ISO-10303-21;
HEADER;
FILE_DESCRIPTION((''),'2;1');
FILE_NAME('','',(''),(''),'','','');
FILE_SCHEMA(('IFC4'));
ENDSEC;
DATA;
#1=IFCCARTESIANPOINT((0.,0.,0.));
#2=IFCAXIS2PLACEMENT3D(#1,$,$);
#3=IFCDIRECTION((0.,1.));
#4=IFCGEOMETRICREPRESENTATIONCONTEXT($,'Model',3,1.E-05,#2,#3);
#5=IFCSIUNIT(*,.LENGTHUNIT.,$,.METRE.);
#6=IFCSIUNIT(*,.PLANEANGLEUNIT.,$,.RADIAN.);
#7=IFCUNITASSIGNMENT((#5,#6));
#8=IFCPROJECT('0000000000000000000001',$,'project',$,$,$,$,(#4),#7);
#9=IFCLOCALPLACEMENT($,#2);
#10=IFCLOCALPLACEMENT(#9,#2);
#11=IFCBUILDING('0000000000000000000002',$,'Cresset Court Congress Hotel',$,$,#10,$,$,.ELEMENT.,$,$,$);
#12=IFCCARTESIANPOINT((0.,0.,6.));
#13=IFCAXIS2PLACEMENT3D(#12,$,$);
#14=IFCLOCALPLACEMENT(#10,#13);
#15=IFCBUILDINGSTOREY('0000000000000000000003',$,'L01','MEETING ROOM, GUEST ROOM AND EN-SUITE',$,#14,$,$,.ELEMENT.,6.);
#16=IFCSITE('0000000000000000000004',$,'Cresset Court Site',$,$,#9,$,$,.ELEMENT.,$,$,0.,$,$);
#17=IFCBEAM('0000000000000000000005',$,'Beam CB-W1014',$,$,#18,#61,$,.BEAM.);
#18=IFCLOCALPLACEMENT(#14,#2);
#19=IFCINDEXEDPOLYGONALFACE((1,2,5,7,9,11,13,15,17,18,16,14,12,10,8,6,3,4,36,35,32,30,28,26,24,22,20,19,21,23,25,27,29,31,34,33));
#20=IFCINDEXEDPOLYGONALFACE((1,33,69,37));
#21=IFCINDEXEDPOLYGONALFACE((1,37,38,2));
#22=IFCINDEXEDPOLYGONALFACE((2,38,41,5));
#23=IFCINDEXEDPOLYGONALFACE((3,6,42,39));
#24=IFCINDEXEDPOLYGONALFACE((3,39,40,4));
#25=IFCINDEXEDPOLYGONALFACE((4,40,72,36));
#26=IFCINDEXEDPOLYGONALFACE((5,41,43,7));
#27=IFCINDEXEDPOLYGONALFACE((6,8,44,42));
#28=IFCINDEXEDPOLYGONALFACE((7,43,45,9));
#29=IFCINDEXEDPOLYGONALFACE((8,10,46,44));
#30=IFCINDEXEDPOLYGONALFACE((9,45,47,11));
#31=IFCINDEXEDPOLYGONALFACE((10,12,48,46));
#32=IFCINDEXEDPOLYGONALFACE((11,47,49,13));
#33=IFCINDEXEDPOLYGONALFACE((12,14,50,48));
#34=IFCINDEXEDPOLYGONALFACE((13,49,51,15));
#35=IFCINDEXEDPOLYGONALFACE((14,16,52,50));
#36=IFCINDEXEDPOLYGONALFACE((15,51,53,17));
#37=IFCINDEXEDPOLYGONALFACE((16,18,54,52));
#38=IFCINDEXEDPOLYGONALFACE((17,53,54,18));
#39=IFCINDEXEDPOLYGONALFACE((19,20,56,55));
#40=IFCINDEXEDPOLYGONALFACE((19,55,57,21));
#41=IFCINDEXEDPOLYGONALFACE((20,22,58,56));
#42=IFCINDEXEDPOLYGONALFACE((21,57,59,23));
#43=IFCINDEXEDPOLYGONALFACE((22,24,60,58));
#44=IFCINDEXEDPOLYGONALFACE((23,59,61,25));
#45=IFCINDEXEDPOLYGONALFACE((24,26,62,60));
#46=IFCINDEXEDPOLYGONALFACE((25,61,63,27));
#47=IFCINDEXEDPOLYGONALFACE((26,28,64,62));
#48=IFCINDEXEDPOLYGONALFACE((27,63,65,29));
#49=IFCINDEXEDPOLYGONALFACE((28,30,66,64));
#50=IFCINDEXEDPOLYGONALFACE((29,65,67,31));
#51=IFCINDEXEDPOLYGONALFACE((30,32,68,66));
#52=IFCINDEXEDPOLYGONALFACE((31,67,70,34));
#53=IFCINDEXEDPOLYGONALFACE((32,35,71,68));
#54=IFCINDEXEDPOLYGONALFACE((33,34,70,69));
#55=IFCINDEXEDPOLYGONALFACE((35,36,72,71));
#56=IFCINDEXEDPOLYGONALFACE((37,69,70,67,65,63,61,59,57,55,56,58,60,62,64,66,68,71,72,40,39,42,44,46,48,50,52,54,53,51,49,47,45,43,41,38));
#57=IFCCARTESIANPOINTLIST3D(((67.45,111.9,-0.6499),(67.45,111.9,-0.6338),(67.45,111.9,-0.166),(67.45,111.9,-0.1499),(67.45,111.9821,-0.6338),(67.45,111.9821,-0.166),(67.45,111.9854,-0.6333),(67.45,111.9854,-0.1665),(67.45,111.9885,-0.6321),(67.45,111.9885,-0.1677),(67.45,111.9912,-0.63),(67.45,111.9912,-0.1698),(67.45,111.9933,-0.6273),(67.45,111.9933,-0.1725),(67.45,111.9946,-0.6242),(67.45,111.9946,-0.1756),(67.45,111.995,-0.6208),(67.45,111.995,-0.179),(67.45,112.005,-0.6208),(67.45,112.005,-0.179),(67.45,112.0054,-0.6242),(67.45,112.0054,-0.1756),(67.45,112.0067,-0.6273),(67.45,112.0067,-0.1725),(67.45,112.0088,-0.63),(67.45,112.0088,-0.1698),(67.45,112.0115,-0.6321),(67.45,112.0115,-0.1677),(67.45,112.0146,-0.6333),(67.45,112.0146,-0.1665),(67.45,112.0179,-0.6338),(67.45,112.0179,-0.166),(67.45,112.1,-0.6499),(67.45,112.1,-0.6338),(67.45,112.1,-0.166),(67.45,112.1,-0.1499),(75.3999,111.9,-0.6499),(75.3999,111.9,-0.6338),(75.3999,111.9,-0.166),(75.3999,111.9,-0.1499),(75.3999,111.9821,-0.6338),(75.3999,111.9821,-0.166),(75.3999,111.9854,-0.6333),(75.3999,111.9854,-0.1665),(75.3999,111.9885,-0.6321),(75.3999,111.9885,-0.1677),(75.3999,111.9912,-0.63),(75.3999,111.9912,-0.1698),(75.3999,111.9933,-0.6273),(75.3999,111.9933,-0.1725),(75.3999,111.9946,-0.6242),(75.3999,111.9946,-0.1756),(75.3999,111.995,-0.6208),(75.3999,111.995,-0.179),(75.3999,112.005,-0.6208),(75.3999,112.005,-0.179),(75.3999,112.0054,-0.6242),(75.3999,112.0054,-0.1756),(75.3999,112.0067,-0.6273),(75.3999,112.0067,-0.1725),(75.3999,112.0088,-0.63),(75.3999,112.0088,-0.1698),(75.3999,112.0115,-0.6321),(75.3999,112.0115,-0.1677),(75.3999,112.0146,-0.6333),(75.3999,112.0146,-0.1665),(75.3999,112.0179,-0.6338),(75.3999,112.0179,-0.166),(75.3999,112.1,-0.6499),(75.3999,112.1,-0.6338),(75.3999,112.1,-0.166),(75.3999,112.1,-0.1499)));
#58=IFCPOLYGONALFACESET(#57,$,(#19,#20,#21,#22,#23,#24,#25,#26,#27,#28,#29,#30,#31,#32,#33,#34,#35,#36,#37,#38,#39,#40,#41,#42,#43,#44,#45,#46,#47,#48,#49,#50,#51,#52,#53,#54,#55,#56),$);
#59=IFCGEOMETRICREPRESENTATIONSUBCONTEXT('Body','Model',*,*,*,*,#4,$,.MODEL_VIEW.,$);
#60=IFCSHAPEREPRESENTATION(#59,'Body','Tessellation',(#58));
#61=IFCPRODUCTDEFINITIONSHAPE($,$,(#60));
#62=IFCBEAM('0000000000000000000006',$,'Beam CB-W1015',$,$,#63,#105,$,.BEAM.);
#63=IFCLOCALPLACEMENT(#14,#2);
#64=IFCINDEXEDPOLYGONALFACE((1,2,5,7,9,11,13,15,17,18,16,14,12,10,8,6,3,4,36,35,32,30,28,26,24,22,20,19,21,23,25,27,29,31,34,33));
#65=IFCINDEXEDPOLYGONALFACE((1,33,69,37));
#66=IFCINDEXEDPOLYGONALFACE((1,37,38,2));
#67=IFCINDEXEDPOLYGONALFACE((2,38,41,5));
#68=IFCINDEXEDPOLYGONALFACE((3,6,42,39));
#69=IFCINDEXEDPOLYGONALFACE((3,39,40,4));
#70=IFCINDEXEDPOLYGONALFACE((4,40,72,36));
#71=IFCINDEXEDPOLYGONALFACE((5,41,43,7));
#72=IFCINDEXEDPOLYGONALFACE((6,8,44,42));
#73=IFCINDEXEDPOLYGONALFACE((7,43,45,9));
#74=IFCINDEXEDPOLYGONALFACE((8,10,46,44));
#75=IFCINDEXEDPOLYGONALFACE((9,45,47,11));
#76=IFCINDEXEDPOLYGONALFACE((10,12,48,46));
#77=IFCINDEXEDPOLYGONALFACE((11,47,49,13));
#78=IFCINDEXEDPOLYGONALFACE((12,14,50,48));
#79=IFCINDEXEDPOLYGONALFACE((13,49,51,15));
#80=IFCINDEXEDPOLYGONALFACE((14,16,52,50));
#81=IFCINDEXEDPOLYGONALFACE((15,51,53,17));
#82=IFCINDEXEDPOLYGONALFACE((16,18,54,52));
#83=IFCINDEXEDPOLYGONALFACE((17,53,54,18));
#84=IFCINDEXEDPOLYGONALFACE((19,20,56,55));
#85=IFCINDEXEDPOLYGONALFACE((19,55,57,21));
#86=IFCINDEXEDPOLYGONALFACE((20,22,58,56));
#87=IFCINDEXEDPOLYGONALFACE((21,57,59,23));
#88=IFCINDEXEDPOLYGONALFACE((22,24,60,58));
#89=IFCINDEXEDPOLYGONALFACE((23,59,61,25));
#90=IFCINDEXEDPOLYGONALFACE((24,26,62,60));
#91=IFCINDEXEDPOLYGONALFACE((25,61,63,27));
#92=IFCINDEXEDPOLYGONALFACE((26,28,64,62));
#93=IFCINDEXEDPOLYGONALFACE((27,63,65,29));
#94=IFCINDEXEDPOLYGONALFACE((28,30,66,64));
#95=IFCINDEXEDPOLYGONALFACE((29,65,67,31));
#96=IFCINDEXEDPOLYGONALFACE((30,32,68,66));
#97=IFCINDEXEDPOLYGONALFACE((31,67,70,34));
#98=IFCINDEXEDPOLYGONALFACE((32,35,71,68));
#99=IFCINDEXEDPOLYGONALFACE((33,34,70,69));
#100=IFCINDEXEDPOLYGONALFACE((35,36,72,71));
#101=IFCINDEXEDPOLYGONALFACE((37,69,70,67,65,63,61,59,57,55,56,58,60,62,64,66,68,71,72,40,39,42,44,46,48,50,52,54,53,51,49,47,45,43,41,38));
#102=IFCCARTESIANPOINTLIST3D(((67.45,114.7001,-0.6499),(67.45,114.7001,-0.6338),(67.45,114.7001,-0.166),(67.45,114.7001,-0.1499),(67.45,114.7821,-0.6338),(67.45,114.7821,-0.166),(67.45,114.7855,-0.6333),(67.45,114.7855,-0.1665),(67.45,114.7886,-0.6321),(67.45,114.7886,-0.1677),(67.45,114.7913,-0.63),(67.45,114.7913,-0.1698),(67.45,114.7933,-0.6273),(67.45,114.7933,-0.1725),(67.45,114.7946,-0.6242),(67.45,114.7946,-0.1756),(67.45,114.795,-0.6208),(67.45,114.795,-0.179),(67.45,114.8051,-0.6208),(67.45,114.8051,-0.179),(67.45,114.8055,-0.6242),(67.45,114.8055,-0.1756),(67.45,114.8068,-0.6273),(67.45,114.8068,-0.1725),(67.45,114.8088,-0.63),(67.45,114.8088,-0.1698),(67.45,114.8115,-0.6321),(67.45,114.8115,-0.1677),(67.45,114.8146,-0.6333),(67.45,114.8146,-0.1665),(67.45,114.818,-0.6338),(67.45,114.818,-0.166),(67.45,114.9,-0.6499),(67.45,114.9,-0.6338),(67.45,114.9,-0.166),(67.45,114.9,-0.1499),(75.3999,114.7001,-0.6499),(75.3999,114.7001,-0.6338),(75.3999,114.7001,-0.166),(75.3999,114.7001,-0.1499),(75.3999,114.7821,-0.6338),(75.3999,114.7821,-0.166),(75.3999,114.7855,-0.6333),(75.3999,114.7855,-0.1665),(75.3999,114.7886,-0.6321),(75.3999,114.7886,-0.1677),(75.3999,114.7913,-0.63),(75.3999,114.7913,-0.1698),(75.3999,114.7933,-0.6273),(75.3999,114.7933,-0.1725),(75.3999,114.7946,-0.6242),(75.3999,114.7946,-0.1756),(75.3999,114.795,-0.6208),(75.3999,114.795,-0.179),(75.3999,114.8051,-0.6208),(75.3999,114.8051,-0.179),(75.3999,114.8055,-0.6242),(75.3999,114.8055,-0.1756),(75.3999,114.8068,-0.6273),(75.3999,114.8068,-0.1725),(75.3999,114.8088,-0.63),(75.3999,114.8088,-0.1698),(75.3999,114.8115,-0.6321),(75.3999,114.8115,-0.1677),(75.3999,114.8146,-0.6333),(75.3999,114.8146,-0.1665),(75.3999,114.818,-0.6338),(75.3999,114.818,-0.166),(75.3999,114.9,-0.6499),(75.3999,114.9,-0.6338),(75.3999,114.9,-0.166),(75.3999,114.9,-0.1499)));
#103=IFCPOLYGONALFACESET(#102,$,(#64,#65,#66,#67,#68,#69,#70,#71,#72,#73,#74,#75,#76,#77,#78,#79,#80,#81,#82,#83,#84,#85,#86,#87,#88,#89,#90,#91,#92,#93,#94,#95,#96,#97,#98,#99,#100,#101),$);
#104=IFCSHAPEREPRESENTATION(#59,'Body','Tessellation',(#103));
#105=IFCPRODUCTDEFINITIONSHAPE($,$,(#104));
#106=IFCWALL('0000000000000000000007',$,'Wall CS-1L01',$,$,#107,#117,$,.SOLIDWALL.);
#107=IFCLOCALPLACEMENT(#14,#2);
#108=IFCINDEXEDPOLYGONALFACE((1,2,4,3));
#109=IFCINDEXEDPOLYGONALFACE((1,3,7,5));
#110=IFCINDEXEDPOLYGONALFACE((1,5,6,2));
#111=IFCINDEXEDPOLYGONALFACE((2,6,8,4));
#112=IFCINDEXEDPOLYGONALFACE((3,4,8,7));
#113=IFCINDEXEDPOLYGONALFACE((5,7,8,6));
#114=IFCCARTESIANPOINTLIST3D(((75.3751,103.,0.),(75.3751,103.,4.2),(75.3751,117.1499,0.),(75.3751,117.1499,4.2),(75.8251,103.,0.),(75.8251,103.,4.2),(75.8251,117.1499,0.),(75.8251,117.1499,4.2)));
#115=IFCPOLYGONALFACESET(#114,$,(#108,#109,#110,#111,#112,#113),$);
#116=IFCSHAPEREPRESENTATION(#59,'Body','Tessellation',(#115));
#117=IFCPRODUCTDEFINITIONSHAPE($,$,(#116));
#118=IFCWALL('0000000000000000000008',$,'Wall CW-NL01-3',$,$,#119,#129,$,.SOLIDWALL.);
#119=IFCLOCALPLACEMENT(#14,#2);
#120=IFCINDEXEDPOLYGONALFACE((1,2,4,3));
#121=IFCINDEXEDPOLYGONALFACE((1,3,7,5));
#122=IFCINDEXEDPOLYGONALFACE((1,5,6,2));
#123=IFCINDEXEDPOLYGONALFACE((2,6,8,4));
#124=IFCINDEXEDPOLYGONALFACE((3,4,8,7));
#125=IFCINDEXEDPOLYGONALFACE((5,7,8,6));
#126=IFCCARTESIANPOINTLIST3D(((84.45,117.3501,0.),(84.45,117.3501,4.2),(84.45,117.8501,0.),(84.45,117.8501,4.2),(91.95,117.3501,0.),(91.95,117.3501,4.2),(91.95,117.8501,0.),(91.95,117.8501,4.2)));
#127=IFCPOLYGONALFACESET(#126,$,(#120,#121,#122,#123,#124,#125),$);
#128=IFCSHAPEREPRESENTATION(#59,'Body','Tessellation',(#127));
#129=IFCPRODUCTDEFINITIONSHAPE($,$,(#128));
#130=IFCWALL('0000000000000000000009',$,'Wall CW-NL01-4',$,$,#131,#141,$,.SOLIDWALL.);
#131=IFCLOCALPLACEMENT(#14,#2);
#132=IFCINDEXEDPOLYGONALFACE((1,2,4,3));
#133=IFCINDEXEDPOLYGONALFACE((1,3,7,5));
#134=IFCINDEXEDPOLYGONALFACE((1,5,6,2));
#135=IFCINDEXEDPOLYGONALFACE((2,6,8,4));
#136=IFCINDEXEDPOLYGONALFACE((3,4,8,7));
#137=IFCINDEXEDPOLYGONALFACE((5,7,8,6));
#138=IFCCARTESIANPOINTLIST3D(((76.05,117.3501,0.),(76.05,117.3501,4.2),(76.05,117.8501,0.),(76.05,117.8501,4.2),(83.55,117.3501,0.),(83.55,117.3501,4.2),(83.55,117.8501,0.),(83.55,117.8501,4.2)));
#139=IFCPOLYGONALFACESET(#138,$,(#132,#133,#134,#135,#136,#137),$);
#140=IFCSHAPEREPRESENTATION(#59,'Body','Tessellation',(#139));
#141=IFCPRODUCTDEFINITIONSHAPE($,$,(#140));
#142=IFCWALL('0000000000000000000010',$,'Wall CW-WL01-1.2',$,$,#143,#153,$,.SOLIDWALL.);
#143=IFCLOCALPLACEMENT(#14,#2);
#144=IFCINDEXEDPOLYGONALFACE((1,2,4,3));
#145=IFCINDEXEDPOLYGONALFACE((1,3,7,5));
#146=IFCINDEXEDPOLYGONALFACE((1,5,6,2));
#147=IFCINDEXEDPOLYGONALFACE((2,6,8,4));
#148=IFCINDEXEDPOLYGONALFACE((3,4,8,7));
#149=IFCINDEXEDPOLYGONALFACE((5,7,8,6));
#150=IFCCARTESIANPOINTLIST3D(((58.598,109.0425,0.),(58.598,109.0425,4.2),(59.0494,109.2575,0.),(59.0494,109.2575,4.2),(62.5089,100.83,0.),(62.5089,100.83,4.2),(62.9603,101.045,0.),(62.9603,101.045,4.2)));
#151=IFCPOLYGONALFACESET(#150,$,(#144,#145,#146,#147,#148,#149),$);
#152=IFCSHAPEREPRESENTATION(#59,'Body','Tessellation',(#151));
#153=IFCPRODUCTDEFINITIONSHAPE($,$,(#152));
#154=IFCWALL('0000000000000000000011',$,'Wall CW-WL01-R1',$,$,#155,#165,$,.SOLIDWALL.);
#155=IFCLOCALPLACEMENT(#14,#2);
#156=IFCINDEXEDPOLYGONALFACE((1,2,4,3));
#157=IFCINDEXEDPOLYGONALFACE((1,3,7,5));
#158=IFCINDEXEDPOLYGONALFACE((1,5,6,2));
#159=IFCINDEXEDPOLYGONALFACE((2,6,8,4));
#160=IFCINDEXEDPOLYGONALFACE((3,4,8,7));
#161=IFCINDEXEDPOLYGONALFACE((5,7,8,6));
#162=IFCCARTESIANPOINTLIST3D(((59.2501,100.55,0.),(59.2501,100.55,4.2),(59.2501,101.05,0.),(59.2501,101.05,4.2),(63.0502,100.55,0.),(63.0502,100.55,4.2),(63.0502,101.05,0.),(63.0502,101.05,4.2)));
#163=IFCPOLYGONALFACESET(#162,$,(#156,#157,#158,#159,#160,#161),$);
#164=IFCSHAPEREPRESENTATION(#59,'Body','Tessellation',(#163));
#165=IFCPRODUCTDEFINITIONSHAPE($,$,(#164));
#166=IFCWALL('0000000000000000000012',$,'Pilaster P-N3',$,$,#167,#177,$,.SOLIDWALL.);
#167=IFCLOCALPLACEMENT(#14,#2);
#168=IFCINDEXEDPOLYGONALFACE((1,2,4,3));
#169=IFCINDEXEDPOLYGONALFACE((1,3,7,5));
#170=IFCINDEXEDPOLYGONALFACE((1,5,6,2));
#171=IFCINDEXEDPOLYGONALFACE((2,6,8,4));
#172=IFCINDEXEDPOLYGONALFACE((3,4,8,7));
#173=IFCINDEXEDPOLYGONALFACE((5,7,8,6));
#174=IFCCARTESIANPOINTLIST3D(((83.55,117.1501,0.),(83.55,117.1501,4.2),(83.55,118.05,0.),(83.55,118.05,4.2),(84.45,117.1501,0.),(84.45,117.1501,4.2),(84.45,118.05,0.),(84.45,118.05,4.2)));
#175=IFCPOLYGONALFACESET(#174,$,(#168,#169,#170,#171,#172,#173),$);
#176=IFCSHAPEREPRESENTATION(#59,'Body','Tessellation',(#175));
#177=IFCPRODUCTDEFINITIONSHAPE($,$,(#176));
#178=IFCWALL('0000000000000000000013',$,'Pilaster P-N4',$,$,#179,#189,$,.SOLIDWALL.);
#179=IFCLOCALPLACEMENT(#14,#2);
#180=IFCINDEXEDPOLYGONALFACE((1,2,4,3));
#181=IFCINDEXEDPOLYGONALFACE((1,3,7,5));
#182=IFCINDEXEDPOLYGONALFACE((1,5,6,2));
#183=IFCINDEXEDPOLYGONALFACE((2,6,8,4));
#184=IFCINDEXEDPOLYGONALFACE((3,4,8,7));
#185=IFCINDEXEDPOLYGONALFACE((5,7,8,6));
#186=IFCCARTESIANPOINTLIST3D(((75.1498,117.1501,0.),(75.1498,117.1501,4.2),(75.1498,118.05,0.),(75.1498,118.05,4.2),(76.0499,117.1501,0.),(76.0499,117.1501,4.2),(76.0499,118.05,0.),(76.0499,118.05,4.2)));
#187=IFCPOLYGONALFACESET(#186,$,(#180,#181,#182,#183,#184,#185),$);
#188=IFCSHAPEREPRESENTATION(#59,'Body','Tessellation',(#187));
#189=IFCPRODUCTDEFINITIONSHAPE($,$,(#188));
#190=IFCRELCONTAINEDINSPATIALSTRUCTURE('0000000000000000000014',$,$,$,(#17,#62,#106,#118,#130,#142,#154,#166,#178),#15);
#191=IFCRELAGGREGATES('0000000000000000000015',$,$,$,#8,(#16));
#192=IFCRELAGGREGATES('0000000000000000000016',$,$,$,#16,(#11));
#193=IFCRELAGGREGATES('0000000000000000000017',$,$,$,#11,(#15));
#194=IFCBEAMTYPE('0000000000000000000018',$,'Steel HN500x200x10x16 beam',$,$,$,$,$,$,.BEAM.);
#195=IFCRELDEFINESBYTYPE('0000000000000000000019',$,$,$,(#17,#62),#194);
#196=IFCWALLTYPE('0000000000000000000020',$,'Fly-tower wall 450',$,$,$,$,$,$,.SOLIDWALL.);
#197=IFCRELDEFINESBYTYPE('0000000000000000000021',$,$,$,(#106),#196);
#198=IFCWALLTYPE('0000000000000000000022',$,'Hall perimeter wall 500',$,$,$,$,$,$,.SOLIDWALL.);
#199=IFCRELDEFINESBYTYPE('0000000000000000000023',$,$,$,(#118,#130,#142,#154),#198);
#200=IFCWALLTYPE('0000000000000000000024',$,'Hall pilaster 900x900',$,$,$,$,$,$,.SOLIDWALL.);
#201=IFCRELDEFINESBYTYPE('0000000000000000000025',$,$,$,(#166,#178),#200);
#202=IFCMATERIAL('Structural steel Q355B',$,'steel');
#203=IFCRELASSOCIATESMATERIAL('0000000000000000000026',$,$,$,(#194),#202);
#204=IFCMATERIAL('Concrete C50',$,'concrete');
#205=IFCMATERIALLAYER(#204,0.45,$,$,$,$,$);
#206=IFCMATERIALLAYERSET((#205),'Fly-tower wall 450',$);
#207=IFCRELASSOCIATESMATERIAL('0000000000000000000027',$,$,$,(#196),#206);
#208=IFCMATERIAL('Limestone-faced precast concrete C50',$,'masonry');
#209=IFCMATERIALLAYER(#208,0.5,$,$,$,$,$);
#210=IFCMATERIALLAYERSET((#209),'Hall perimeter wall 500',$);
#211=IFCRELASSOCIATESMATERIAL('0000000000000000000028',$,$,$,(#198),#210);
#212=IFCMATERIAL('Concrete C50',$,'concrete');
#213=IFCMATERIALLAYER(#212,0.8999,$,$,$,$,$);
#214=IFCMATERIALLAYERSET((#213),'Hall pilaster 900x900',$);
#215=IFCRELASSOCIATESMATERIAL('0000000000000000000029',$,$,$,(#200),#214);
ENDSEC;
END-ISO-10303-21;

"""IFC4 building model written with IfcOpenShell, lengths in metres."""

from ifc_helpers import new_model, si_unit, direction, frame, frame_2d, origin, origin_2d, place, context, subcontext, project, spatial, rectangle, i_section, extrude, material, layer, layer_set, material_profile, profile_set, type_object, element, save


model = new_model("IFC4")

# Units and contexts
model_context = context("Model", 3, precision=1e-05, world=origin(), true_north=direction((0.0, 1.0)))
body_context = subcontext(model_context, "Body", "Model", "MODEL_VIEW")
ifc_project = project(units=[si_unit("LENGTHUNIT", "METRE"), si_unit("PLANEANGLEUNIT", "RADIAN")], contexts=[model_context])

# Site, building, storey
site_placement = place(None, origin())
site = spatial("IfcSite", under=ifc_project, at=site_placement, Name="Cresset Court Site", CompositionType="ELEMENT", RefElevation=0.0)
building_placement = place(site_placement, origin())
building = spatial("IfcBuilding", under=site, at=building_placement, Name="Cresset Court Congress Hotel", CompositionType="ELEMENT")
storey_placement = place(building_placement, frame((0.0, 0.0, 6.0)))
storey = spatial("IfcBuildingStorey", under=building, at=storey_placement, Name="L01", Description="MEETING ROOM, GUEST ROOM AND EN-SUITE", CompositionType="ELEMENT", Elevation=6.0)

# Beams
ifc_material_1 = material(Name="Structural steel Q355B", Category="steel")
ifc_material_profile = material_profile(ifc_material_1, i_section(OverallWidth=0.2, OverallDepth=0.5, WebThickness=0.01, FlangeThickness=0.0161, FilletRadius=0.0129, at=origin_2d()), Name="HN500x200x10x16")
ifc_profile_set = profile_set([ifc_material_profile], Name="Structural steel Q355B")
beam_type = type_object("IfcBeamType", Name="Steel HN500x200x10x16 beam", PredefinedType="BEAM", material=ifc_profile_set)
for number, where, z_axis, x_axis, name in (
    (1, (67.45, 112.0, -0.3999), (1.0, 0.0, 0.0), (0.0, 1.0, 0.0), "Beam CB-W1014"),
    (2, (67.45, 114.8, -0.3999), (1.0, 0.0, 0.0), (0.0, 1.0, 0.0), "Beam CB-W1015"),
):
    element("IfcBeam", number, at=place(storey_placement, frame(where, z_axis=z_axis, x_axis=x_axis)), inside=storey, type_object=beam_type, Name=name, PredefinedType="BEAM", context=body_context, shape_type="SweptSolid", body=[
        extrude(i_section(OverallWidth=0.2, OverallDepth=0.5, WebThickness=0.01, FlangeThickness=0.0161, FilletRadius=0.0129, at=origin_2d()), origin(), (0.0, 0.0, 1.0), 7.95),
    ])

# Walls
ifc_material_2 = material(Name="Concrete C50", Category="concrete")
ifc_layer_1 = layer(ifc_material_2, 0.45)
ifc_layer_set_1 = layer_set([ifc_layer_1], Name="Fly-tower wall 450")
wall_type_1 = type_object("IfcWallType", Name="Fly-tower wall 450", PredefinedType="SOLIDWALL", material=ifc_layer_set_1)
wall_1_placement = place(storey_placement, frame((75.6001, 103.0, 0.0), z_axis=(0.0, 0.0, 1.0), x_axis=(0.0, 1.0, 0.0)))
element("IfcWall", 3, at=wall_1_placement, inside=storey, type_object=wall_type_1, Name="Wall CS-1L01", PredefinedType="SOLIDWALL", context=body_context, shape_type="SweptSolid", body=[
    extrude(rectangle(XDim=14.1499, YDim=0.45, at=frame_2d((7.075, 0.0))), origin(), (0.0, 0.0, 1.0), 4.2),
])
ifc_material_3 = material(Name="Limestone-faced precast concrete C50", Category="masonry")
ifc_layer_2 = layer(ifc_material_3, 0.5)
ifc_layer_set_2 = layer_set([ifc_layer_2], Name="Hall perimeter wall 500")
wall_type_2 = type_object("IfcWallType", Name="Hall perimeter wall 500", PredefinedType="SOLIDWALL", material=ifc_layer_set_2)
for number, where, z_axis, x_axis, name in (
    (4, (84.45, 117.6001, 0.0), (0.0, 0.0, 1.0), (1.0, 0.0, 0.0), "Wall CW-NL01-3"),
    (5, (76.05, 117.6001, 0.0), (0.0, 0.0, 1.0), (1.0, 0.0, 0.0), "Wall CW-NL01-4"),
):
    element("IfcWall", number, at=place(storey_placement, frame(where, z_axis=z_axis, x_axis=x_axis)), inside=storey, type_object=wall_type_2, Name=name, PredefinedType="SOLIDWALL", context=body_context, shape_type="SweptSolid", body=[
        extrude(rectangle(XDim=7.5, YDim=0.5, at=frame_2d((3.75, 0.0))), origin(), (0.0, 0.0, 1.0), 4.2),
    ])
wall_2_placement = place(storey_placement, frame((62.7346, 100.9375, 0.0), z_axis=(0.0, 0.0, 1.0), x_axis=(-0.429953, 0.902851, 0.0)))
element("IfcWall", 6, at=wall_2_placement, inside=storey, type_object=wall_type_2, Name="Wall CW-WL01-1.2", PredefinedType="SOLIDWALL", context=body_context, shape_type="SweptSolid", body=[
    extrude(rectangle(XDim=9.0962, YDim=0.5, at=frame_2d((4.5481, 0.0))), origin(), (0.0, 0.0, 1.0), 4.2),
])
wall_3_placement = place(storey_placement, frame((63.05, 100.8, 0.0), z_axis=(0.0, 0.0, 1.0), x_axis=(-1.0, 0.0, 0.0)))
element("IfcWall", 7, at=wall_3_placement, inside=storey, type_object=wall_type_2, Name="Wall CW-WL01-R1", PredefinedType="SOLIDWALL", context=body_context, shape_type="SweptSolid", body=[
    extrude(rectangle(XDim=3.8, YDim=0.5, at=frame_2d((1.8999, 0.0))), origin(), (0.0, 0.0, 1.0), 4.2),
])
ifc_material_4 = material(Name="Concrete C50", Category="concrete")
ifc_layer_3 = layer(ifc_material_4, 0.8999)
ifc_layer_set_3 = layer_set([ifc_layer_3], Name="Hall pilaster 900x900")
wall_type_3 = type_object("IfcWallType", Name="Hall pilaster 900x900", PredefinedType="SOLIDWALL", material=ifc_layer_set_3)
wall_4_placement = place(storey_placement, frame((84.45, 117.6001, 0.0), z_axis=(0.0, 0.0, 1.0), x_axis=(-1.0, 0.0, 0.0)))
element("IfcWall", 8, at=wall_4_placement, inside=storey, type_object=wall_type_3, Name="Pilaster P-N3", PredefinedType="SOLIDWALL", context=body_context, shape_type="SweptSolid", body=[
    extrude(rectangle(XDim=0.8999, YDim=0.8999, at=frame_2d((0.45, 0.0))), origin(), (0.0, 0.0, 1.0), 4.2),
])
wall_5_placement = place(storey_placement, frame((76.05, 117.6001, 0.0), z_axis=(0.0, 0.0, 1.0), x_axis=(-1.0, 0.0, 0.0)))
element("IfcWall", 9, at=wall_5_placement, inside=storey, type_object=wall_type_3, Name="Pilaster P-N4", PredefinedType="SOLIDWALL", context=body_context, shape_type="SweptSolid", body=[
    extrude(rectangle(XDim=0.9001, YDim=0.8999, at=frame_2d((0.4502, 0.0))), origin(), (0.0, 0.0, 1.0), 4.2),
])

save(model, "model.ifc")
